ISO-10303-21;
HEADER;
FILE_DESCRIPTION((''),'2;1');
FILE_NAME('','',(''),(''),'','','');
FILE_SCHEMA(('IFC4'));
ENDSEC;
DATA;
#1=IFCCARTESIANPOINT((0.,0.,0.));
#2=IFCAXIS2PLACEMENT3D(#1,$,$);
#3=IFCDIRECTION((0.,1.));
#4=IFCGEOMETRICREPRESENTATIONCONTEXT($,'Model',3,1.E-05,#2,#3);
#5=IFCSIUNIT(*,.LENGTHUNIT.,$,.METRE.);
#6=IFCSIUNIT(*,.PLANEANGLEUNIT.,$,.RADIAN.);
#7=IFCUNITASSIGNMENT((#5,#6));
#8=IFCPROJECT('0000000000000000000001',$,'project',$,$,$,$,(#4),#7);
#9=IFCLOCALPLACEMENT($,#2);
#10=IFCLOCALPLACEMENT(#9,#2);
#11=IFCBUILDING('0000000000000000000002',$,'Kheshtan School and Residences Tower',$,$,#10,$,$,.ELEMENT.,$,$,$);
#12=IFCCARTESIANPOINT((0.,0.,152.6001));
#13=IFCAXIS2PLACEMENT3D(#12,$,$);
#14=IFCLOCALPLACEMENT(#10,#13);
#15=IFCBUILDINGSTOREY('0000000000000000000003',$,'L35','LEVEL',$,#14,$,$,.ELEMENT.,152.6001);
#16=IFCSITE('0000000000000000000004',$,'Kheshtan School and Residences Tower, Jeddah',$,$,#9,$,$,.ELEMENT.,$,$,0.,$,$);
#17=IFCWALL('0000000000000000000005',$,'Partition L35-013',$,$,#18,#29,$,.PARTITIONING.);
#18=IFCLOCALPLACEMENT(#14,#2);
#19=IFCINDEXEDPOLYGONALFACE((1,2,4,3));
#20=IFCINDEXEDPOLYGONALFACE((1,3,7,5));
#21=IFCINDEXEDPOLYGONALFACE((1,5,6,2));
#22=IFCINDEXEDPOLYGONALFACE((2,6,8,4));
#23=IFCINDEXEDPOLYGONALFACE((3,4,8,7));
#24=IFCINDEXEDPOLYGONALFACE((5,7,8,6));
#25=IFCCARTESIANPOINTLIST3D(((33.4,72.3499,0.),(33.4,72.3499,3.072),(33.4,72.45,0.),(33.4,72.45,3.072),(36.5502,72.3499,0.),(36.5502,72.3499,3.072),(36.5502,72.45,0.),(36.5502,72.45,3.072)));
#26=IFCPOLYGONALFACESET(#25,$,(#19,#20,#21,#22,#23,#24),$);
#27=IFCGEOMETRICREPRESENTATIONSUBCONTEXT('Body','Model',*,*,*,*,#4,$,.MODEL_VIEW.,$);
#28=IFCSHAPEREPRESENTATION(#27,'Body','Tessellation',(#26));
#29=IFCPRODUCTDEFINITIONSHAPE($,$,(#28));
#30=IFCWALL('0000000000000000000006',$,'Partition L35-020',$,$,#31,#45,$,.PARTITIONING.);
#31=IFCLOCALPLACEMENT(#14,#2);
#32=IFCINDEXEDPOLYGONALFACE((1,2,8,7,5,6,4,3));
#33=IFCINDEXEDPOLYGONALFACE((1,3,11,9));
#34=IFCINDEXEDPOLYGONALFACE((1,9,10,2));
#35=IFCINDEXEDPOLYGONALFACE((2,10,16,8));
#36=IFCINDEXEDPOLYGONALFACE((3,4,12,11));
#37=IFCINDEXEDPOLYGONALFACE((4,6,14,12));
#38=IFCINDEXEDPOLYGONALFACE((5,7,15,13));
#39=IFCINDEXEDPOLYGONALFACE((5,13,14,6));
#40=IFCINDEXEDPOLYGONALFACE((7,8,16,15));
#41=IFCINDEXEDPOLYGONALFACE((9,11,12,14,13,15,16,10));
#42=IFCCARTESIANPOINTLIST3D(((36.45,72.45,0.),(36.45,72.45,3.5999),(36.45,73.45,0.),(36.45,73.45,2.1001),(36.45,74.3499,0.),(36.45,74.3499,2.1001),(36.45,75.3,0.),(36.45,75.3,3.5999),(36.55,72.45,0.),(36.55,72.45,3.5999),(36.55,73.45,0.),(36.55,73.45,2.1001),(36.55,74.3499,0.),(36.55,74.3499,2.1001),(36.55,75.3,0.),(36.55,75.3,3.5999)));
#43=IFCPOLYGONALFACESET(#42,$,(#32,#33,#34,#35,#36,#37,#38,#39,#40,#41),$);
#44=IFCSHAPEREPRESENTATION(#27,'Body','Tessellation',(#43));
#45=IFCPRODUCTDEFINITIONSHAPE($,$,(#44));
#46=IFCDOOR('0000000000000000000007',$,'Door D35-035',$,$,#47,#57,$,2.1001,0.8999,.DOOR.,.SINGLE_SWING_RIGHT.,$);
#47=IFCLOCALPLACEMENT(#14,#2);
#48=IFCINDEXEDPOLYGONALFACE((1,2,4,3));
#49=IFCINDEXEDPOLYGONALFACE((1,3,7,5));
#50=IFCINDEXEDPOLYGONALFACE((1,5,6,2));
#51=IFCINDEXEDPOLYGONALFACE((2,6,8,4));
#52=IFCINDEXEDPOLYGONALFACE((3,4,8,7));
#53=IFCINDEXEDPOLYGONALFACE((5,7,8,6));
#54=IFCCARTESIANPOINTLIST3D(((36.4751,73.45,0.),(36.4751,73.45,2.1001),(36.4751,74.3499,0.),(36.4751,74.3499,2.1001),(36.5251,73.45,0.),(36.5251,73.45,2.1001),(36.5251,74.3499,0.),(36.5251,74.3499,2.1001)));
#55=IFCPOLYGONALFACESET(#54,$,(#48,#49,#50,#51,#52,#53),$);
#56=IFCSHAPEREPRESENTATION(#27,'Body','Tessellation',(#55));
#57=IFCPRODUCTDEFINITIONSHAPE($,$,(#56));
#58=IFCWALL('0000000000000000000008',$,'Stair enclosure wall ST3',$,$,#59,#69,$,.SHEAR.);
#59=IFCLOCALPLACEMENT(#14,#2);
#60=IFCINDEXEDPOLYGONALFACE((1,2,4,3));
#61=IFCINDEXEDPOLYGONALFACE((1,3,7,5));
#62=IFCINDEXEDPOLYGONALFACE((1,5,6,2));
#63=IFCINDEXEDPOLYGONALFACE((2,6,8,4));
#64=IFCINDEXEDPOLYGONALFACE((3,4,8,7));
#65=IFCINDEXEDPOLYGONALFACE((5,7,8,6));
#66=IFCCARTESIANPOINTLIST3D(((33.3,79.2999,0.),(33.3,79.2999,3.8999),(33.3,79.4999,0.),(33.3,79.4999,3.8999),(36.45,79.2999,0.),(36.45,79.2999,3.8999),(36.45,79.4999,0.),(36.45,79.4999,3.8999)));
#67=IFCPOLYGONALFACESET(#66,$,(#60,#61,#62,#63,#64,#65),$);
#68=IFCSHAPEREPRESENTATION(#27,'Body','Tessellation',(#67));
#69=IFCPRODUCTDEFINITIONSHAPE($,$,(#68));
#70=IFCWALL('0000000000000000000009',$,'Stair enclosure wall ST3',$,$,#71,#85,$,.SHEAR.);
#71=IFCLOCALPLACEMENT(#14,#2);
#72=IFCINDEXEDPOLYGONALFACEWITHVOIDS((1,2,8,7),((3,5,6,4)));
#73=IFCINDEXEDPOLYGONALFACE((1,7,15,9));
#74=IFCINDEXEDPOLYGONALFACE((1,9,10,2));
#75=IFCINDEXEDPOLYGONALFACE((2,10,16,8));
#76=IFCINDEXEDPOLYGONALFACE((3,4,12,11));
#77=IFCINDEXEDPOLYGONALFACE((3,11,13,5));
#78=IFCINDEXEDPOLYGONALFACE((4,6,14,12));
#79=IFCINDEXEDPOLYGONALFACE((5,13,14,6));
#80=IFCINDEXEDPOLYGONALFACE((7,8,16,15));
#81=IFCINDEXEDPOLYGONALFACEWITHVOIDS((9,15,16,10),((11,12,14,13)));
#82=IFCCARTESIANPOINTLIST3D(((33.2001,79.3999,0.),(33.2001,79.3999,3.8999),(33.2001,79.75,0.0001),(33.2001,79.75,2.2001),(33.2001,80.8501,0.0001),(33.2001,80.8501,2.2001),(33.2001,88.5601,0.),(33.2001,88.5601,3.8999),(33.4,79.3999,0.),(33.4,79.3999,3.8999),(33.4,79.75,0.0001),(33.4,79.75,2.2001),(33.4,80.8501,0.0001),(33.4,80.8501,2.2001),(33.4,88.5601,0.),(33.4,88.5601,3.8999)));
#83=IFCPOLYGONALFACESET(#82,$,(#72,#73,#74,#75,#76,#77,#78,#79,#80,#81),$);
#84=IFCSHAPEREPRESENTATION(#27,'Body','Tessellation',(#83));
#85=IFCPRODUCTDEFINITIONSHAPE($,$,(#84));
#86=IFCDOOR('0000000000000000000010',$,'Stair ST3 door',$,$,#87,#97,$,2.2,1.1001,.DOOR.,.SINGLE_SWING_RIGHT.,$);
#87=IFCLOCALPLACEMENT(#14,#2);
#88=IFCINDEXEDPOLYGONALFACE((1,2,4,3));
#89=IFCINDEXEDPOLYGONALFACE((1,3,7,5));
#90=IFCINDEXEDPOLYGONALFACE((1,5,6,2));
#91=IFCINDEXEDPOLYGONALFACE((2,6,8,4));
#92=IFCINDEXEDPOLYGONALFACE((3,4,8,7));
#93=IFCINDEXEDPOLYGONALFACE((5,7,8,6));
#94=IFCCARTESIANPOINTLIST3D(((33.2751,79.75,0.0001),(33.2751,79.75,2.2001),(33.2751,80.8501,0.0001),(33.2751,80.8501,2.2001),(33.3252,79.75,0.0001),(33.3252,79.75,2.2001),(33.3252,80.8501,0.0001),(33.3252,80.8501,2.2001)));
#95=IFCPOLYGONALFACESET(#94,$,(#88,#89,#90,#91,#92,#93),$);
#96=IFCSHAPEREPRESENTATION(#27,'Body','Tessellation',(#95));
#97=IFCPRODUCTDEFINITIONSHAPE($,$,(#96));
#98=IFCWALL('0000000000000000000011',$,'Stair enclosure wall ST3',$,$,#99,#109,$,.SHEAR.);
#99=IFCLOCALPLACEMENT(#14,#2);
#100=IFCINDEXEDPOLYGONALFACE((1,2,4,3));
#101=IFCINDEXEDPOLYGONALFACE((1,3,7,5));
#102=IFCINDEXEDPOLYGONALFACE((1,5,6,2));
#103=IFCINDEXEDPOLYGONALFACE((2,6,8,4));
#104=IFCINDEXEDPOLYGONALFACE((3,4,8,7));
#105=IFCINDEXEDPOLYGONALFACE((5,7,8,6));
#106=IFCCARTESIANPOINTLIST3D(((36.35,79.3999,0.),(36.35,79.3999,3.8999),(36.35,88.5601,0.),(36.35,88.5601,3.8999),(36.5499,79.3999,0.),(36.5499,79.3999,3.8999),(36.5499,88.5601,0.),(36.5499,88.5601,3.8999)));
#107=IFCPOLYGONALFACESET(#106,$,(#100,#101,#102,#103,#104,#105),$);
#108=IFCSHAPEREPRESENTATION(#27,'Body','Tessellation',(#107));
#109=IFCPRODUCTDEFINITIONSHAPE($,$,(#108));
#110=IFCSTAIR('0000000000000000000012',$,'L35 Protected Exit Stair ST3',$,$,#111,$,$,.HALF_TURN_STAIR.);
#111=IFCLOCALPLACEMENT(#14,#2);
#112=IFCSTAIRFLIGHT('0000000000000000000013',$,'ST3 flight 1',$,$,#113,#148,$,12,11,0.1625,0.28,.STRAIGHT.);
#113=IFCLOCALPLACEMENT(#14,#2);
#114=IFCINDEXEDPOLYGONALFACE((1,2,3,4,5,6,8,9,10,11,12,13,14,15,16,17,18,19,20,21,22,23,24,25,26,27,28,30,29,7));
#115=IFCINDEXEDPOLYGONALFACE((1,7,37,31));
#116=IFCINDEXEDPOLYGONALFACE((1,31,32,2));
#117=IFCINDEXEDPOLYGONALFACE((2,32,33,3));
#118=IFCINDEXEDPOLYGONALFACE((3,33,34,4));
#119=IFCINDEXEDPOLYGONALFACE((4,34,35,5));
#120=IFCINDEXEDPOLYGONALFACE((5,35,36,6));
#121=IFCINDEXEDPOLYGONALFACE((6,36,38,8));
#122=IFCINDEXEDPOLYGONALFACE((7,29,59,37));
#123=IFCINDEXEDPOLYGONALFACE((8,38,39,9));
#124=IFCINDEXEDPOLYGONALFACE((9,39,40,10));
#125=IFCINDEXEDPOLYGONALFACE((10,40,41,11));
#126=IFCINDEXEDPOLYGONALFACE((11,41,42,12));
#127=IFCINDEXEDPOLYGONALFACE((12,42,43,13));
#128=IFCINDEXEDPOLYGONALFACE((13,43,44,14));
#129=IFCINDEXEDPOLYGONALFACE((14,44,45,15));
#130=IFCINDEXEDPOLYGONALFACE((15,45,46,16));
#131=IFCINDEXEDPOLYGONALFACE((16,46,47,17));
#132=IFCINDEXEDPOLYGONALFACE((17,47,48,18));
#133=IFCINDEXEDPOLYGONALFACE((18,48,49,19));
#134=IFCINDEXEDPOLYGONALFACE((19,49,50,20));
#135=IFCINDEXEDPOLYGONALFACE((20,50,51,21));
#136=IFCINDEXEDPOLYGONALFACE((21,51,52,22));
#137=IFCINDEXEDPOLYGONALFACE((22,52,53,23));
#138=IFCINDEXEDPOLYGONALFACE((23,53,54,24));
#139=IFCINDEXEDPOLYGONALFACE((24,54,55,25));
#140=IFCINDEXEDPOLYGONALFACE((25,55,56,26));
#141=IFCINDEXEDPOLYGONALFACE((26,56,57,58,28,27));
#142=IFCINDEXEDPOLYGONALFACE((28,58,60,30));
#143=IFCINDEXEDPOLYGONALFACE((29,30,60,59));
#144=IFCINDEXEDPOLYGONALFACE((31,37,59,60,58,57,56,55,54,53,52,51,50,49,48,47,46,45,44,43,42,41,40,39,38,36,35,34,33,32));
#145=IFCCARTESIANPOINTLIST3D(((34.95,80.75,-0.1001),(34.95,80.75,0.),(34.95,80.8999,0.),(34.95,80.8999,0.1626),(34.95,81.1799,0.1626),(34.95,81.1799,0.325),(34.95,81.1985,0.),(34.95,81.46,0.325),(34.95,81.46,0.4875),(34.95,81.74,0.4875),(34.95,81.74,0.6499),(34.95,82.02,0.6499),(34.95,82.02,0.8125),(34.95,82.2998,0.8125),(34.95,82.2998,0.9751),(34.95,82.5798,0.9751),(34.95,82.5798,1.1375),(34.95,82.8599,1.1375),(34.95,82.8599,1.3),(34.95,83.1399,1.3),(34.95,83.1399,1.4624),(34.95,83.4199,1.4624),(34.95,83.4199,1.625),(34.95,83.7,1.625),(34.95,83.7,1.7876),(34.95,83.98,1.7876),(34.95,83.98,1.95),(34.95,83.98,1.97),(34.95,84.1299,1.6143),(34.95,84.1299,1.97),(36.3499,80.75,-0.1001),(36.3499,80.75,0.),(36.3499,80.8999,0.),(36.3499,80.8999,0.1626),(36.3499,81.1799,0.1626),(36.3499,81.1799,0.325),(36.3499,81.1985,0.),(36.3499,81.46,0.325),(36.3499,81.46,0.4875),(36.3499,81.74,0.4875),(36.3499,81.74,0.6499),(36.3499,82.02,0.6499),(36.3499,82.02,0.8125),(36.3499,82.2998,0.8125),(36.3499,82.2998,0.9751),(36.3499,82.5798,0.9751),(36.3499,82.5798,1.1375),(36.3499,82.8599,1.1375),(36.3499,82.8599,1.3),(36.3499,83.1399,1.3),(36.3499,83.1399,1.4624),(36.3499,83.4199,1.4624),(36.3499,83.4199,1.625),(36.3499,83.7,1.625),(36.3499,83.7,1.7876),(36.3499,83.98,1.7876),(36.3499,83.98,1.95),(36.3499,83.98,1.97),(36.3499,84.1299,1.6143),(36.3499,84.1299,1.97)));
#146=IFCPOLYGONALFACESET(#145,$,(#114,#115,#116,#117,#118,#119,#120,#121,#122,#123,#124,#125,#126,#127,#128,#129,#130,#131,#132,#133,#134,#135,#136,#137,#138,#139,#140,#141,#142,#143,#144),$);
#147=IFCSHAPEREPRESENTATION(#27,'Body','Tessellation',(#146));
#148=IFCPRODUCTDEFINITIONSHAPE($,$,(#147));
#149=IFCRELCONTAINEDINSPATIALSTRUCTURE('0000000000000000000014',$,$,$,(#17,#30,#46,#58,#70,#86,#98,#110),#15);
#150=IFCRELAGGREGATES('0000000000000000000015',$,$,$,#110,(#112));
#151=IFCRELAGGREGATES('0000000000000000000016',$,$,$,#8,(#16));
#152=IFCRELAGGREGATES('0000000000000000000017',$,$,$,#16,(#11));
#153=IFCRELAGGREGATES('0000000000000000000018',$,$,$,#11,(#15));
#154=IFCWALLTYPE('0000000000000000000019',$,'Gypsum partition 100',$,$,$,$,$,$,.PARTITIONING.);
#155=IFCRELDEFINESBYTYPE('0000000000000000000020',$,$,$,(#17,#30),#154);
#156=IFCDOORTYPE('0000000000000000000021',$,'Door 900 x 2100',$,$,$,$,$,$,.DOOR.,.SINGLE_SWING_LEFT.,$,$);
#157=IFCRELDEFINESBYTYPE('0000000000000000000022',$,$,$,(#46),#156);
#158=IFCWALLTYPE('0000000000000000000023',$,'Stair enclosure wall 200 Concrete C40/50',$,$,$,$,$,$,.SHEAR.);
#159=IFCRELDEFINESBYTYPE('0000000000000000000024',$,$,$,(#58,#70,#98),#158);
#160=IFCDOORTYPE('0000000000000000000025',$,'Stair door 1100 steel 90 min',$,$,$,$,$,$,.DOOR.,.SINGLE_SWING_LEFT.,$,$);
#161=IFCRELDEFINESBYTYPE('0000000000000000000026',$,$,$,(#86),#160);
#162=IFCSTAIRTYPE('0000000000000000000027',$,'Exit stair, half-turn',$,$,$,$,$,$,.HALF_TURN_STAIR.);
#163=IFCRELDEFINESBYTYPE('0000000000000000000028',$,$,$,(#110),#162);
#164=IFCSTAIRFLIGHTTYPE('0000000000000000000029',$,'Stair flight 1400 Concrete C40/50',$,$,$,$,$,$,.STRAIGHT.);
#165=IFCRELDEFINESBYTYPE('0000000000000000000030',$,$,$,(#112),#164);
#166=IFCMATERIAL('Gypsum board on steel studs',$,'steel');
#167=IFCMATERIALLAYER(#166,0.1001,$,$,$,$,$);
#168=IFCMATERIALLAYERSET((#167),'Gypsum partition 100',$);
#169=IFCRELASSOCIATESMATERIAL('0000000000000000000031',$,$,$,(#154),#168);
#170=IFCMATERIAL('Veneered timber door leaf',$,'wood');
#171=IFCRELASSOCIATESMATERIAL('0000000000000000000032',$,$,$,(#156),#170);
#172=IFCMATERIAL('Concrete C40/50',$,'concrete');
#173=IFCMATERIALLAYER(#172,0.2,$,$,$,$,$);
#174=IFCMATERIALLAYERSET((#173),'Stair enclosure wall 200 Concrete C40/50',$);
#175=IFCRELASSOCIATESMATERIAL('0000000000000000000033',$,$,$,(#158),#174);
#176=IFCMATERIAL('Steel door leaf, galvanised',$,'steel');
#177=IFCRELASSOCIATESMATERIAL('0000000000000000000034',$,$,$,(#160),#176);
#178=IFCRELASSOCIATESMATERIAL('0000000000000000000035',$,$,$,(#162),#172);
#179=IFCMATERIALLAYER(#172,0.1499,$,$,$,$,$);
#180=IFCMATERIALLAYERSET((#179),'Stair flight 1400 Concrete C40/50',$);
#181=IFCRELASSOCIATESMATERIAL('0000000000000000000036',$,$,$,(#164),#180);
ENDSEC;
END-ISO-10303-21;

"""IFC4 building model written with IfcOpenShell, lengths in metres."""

from ifc_helpers import new_model, si_unit, direction, frame, frame_2d, origin, place, context, subcontext, project, spatial, polyline, rectangle, outline, extrude, source, transform, mapped, material, layer, layer_set, type_object, element, fill, aggregate, save


model = new_model("IFC4")

# Units and contexts
model_context = context("Model", 3, precision=1e-05, world=origin(), true_north=direction((0.0, 1.0)))
body_context = subcontext(model_context, "Body", "Model", "MODEL_VIEW")
ifc_project = project(units=[si_unit("LENGTHUNIT", "METRE"), si_unit("PLANEANGLEUNIT", "RADIAN")], contexts=[model_context])

# Site, building, storey
site_placement = place(None, origin())
site = spatial("IfcSite", under=ifc_project, at=site_placement, Name="Kheshtan School and Residences Tower, Jeddah", CompositionType="ELEMENT", RefElevation=0.0)
building_placement = place(site_placement, origin())
building = spatial("IfcBuilding", under=site, at=building_placement, Name="Kheshtan School and Residences Tower", CompositionType="ELEMENT")
storey_placement = place(building_placement, frame((0.0, 0.0, 152.6001)))
storey = spatial("IfcBuildingStorey", under=building, at=storey_placement, Name="L35", Description="LEVEL", CompositionType="ELEMENT", Elevation=152.6001)

# Wall
ifc_material_1 = material(Name="Gypsum board on steel studs", Category="steel")
ifc_layer_1 = layer(ifc_material_1, 0.1001)
ifc_layer_set_1 = layer_set([ifc_layer_1], Name="Gypsum partition 100")
wall_type_1 = type_object("IfcWallType", Name="Gypsum partition 100", PredefinedType="PARTITIONING", material=ifc_layer_set_1)
wall_1_placement = place(storey_placement, frame((33.3999, 72.3999, 0.0), z_axis=(0.0, 0.0, 1.0), x_axis=(1.0, 0.0, 0.0)))
element("IfcWall", 1, at=wall_1_placement, inside=storey, type_object=wall_type_1, Name="Partition L35-013", PredefinedType="PARTITIONING", context=body_context, shape_type="SweptSolid", body=[
    extrude(rectangle(XDim=3.1501, YDim=0.1001, at=frame_2d((1.5752, 0.0))), origin(), (0.0, 0.0, 1.0), 3.072),
])

# Wall, opening, door
wall_2_placement = place(storey_placement, frame((36.5, 72.45, 0.0), z_axis=(0.0, 0.0, 1.0), x_axis=(0.0, 1.0, 0.0)))
wall_2 = element("IfcWall", 2, at=wall_2_placement, inside=storey, type_object=wall_type_1, Name="Partition L35-020", PredefinedType="PARTITIONING", context=body_context, shape_type="SweptSolid", body=[
    extrude(rectangle(XDim=2.8501, YDim=0.1001, at=frame_2d((1.425, 0.0))), origin(), (0.0, 0.0, 1.0), 3.5999),
])
opening_1_placement = place(wall_2_placement, frame((1.0, 0.0, 0.0)))
opening_1 = element("IfcOpeningElement", 3, at=opening_1_placement, cuts=wall_2, PredefinedType="OPENING", context=body_context, shape_type="SweptSolid", body=[
    extrude(rectangle(XDim=0.8999, YDim=2.1001, at=frame_2d((0.45, 1.05))), frame((0.0, 0.0601, 0.0), z_axis=(0.0, -1.0, 0.0), x_axis=(1.0, 0.0, 0.0)), (0.0, 0.0, 1.0), 0.1201),
])
ifc_material_2 = material(Name="Veneered timber door leaf", Category="wood")
door_type_1 = type_object("IfcDoorType", Name="Door 900 x 2100", OperationType="SINGLE_SWING_LEFT", PredefinedType="DOOR", material=ifc_material_2)
shared_shape_1 = source(origin(), body_context, "Body", "SweptSolid", [
    extrude(rectangle(XDim=0.8999, YDim=2.1001, at=frame_2d((0.45, 1.05))), frame((0.0, 0.0249, 0.0), z_axis=(0.0, -1.0, 0.0), x_axis=(1.0, 0.0, 0.0)), (0.0, 0.0, 1.0), 0.05),
])
door_1_placement = place(opening_1_placement, origin())
door_1 = element("IfcDoor", 4, at=door_1_placement, inside=storey, type_object=door_type_1, Name="Door D35-035", OperationType="SINGLE_SWING_RIGHT", OverallHeight=2.1001, OverallWidth=0.8999, PredefinedType="DOOR", context=body_context, shape_type="MappedRepresentation", body=[
    mapped(shared_shape_1, transform((0.0, 0.0, 0.0), x_axis=(1.0, 0.0, 0.0), y_axis=(0.0, 1.0, 0.0), z_axis=(0.0, 0.0, 1.0), scale=1.0)),
])
fill(opening_1, door_1)

# Wall
ifc_material_3 = material(Name="Concrete C40/50", Category="concrete")
ifc_layer_2 = layer(ifc_material_3, 0.2)
ifc_layer_set_2 = layer_set([ifc_layer_2], Name="Stair enclosure wall 200 Concrete C40/50")
wall_type_2 = type_object("IfcWallType", Name="Stair enclosure wall 200 Concrete C40/50", PredefinedType="SHEAR", material=ifc_layer_set_2)
wall_3_placement = place(storey_placement, frame((33.3, 79.3999, 0.0), z_axis=(0.0, 0.0, 1.0), x_axis=(1.0, 0.0, 0.0)))
element("IfcWall", 5, at=wall_3_placement, inside=storey, type_object=wall_type_2, Name="Stair enclosure wall ST3", PredefinedType="SHEAR", context=body_context, shape_type="SweptSolid", body=[
    extrude(rectangle(XDim=3.1499, YDim=0.2, at=frame_2d((1.575, 0.0))), origin(), (0.0, 0.0, 1.0), 3.8999),
])

# Wall, opening, door
wall_4_placement = place(storey_placement, frame((33.3, 79.3999, 0.0), z_axis=(0.0, 0.0, 1.0), x_axis=(0.0, 1.0, 0.0)))
wall_4 = element("IfcWall", 6, at=wall_4_placement, inside=storey, type_object=wall_type_2, Name="Stair enclosure wall ST3", PredefinedType="SHEAR", context=body_context, shape_type="SweptSolid", body=[
    extrude(rectangle(XDim=9.1602, YDim=0.2, at=frame_2d((4.5801, 0.0))), origin(), (0.0, 0.0, 1.0), 3.8999),
])
opening_2_placement = place(wall_4_placement, frame((0.3501, 0.0, 0.0)))
opening_2 = element("IfcOpeningElement", 7, at=opening_2_placement, cuts=wall_4, PredefinedType="OPENING", context=body_context, shape_type="SweptSolid", body=[
    extrude(rectangle(XDim=1.1001, YDim=2.2, at=frame_2d((0.55, 1.1001))), frame((0.0, 0.1099, 0.0), z_axis=(0.0, -1.0, 0.0), x_axis=(1.0, 0.0, 0.0)), (0.0, 0.0, 1.0), 0.22),
])
ifc_material_4 = material(Name="Steel door leaf, galvanised", Category="steel")
door_type_2 = type_object("IfcDoorType", Name="Stair door 1100 steel 90 min", OperationType="SINGLE_SWING_LEFT", PredefinedType="DOOR", material=ifc_material_4)
shared_shape_2 = source(origin(), body_context, "Body", "SweptSolid", [
    extrude(rectangle(XDim=1.1001, YDim=2.2, at=frame_2d((0.55, 1.1001))), frame((0.0, 0.0249, 0.0), z_axis=(0.0, -1.0, 0.0), x_axis=(1.0, 0.0, 0.0)), (0.0, 0.0, 1.0), 0.05),
])
door_2_placement = place(opening_2_placement, origin())
door_2 = element("IfcDoor", 8, at=door_2_placement, inside=storey, type_object=door_type_2, Name="Stair ST3 door", OperationType="SINGLE_SWING_RIGHT", OverallHeight=2.2, OverallWidth=1.1001, PredefinedType="DOOR", context=body_context, shape_type="MappedRepresentation", body=[
    mapped(shared_shape_2, transform((0.0, 0.0, 0.0), x_axis=(1.0, 0.0, 0.0), y_axis=(0.0, 1.0, 0.0), z_axis=(0.0, 0.0, 1.0), scale=1.0)),
])
fill(opening_2, door_2)

# Wall
wall_5_placement = place(storey_placement, frame((36.45, 79.3999, 0.0), z_axis=(0.0, 0.0, 1.0), x_axis=(0.0, 1.0, 0.0)))
element("IfcWall", 9, at=wall_5_placement, inside=storey, type_object=wall_type_2, Name="Stair enclosure wall ST3", PredefinedType="SHEAR", context=body_context, shape_type="SweptSolid", body=[
    extrude(rectangle(XDim=9.1602, YDim=0.2, at=frame_2d((4.5801, 0.0))), origin(), (0.0, 0.0, 1.0), 3.8999),
])

# Stair, stair flight
stair_type = type_object("IfcStairType", Name="Exit stair, half-turn", PredefinedType="HALF_TURN_STAIR", material=ifc_material_3)
stair_placement = place(storey_placement, origin())
stair = element("IfcStair", 10, at=stair_placement, inside=storey, type_object=stair_type, Name="L35 Protected Exit Stair ST3", PredefinedType="HALF_TURN_STAIR")
ifc_layer_3 = layer(ifc_material_3, 0.1499)
ifc_layer_set_3 = layer_set([ifc_layer_3], Name="Stair flight 1400 Concrete C40/50")
stair_flight_type = type_object("IfcStairFlightType", Name="Stair flight 1400 Concrete C40/50", PredefinedType="STRAIGHT", material=ifc_layer_set_3)
stair_flight_1_placement = place(storey_placement, frame((35.6499, 80.8999, 0.0), z_axis=(0.0, 0.0, 1.0), x_axis=(0.0, 1.0, 0.0)))
stair_flight_1 = element("IfcStairFlight", 11, at=stair_flight_1_placement, type_object=stair_flight_type, Name="ST3 flight 1", NumberOfRisers=12, NumberOfTreads=11, PredefinedType="STRAIGHT", RiserHeight=0.1625, TreadLength=0.28, context=body_context, shape_type="SweptSolid", body=[
    extrude(outline(polyline([(-0.1499, -0.1001), (-0.1499, 0.0), (0.0, 0.0), (0.0, 0.1626), (0.28, 0.1626), (0.28, 0.325), (0.5601, 0.325), (0.5601, 0.4875), (0.8401, 0.4875), (0.8401, 0.6499), (1.1201, 0.6499), (1.1201, 0.8125), (1.3999, 0.8125), (1.3999, 0.9751), (1.6799, 0.9751), (1.6799, 1.1375), (1.96, 1.1375), (1.96, 1.3), (2.24, 1.3), (2.24, 1.4624), (2.52, 1.4624), (2.52, 1.625), (2.8, 1.625), (2.8, 1.7876), (3.0801, 1.7876), (3.0801, 1.95), (3.0801, 1.97), (3.23, 1.97), (3.23, 1.6143), (0.2986, 0.0), (-0.1499, -0.1001)])), frame((0.0, 0.7, 0.0), z_axis=(0.0, -1.0, 0.0), x_axis=(1.0, 0.0, 0.0)), (0.0, 0.0, 1.0), 1.3999),
])
aggregate(stair, [stair_flight_1])

save(model, "model.ifc")
